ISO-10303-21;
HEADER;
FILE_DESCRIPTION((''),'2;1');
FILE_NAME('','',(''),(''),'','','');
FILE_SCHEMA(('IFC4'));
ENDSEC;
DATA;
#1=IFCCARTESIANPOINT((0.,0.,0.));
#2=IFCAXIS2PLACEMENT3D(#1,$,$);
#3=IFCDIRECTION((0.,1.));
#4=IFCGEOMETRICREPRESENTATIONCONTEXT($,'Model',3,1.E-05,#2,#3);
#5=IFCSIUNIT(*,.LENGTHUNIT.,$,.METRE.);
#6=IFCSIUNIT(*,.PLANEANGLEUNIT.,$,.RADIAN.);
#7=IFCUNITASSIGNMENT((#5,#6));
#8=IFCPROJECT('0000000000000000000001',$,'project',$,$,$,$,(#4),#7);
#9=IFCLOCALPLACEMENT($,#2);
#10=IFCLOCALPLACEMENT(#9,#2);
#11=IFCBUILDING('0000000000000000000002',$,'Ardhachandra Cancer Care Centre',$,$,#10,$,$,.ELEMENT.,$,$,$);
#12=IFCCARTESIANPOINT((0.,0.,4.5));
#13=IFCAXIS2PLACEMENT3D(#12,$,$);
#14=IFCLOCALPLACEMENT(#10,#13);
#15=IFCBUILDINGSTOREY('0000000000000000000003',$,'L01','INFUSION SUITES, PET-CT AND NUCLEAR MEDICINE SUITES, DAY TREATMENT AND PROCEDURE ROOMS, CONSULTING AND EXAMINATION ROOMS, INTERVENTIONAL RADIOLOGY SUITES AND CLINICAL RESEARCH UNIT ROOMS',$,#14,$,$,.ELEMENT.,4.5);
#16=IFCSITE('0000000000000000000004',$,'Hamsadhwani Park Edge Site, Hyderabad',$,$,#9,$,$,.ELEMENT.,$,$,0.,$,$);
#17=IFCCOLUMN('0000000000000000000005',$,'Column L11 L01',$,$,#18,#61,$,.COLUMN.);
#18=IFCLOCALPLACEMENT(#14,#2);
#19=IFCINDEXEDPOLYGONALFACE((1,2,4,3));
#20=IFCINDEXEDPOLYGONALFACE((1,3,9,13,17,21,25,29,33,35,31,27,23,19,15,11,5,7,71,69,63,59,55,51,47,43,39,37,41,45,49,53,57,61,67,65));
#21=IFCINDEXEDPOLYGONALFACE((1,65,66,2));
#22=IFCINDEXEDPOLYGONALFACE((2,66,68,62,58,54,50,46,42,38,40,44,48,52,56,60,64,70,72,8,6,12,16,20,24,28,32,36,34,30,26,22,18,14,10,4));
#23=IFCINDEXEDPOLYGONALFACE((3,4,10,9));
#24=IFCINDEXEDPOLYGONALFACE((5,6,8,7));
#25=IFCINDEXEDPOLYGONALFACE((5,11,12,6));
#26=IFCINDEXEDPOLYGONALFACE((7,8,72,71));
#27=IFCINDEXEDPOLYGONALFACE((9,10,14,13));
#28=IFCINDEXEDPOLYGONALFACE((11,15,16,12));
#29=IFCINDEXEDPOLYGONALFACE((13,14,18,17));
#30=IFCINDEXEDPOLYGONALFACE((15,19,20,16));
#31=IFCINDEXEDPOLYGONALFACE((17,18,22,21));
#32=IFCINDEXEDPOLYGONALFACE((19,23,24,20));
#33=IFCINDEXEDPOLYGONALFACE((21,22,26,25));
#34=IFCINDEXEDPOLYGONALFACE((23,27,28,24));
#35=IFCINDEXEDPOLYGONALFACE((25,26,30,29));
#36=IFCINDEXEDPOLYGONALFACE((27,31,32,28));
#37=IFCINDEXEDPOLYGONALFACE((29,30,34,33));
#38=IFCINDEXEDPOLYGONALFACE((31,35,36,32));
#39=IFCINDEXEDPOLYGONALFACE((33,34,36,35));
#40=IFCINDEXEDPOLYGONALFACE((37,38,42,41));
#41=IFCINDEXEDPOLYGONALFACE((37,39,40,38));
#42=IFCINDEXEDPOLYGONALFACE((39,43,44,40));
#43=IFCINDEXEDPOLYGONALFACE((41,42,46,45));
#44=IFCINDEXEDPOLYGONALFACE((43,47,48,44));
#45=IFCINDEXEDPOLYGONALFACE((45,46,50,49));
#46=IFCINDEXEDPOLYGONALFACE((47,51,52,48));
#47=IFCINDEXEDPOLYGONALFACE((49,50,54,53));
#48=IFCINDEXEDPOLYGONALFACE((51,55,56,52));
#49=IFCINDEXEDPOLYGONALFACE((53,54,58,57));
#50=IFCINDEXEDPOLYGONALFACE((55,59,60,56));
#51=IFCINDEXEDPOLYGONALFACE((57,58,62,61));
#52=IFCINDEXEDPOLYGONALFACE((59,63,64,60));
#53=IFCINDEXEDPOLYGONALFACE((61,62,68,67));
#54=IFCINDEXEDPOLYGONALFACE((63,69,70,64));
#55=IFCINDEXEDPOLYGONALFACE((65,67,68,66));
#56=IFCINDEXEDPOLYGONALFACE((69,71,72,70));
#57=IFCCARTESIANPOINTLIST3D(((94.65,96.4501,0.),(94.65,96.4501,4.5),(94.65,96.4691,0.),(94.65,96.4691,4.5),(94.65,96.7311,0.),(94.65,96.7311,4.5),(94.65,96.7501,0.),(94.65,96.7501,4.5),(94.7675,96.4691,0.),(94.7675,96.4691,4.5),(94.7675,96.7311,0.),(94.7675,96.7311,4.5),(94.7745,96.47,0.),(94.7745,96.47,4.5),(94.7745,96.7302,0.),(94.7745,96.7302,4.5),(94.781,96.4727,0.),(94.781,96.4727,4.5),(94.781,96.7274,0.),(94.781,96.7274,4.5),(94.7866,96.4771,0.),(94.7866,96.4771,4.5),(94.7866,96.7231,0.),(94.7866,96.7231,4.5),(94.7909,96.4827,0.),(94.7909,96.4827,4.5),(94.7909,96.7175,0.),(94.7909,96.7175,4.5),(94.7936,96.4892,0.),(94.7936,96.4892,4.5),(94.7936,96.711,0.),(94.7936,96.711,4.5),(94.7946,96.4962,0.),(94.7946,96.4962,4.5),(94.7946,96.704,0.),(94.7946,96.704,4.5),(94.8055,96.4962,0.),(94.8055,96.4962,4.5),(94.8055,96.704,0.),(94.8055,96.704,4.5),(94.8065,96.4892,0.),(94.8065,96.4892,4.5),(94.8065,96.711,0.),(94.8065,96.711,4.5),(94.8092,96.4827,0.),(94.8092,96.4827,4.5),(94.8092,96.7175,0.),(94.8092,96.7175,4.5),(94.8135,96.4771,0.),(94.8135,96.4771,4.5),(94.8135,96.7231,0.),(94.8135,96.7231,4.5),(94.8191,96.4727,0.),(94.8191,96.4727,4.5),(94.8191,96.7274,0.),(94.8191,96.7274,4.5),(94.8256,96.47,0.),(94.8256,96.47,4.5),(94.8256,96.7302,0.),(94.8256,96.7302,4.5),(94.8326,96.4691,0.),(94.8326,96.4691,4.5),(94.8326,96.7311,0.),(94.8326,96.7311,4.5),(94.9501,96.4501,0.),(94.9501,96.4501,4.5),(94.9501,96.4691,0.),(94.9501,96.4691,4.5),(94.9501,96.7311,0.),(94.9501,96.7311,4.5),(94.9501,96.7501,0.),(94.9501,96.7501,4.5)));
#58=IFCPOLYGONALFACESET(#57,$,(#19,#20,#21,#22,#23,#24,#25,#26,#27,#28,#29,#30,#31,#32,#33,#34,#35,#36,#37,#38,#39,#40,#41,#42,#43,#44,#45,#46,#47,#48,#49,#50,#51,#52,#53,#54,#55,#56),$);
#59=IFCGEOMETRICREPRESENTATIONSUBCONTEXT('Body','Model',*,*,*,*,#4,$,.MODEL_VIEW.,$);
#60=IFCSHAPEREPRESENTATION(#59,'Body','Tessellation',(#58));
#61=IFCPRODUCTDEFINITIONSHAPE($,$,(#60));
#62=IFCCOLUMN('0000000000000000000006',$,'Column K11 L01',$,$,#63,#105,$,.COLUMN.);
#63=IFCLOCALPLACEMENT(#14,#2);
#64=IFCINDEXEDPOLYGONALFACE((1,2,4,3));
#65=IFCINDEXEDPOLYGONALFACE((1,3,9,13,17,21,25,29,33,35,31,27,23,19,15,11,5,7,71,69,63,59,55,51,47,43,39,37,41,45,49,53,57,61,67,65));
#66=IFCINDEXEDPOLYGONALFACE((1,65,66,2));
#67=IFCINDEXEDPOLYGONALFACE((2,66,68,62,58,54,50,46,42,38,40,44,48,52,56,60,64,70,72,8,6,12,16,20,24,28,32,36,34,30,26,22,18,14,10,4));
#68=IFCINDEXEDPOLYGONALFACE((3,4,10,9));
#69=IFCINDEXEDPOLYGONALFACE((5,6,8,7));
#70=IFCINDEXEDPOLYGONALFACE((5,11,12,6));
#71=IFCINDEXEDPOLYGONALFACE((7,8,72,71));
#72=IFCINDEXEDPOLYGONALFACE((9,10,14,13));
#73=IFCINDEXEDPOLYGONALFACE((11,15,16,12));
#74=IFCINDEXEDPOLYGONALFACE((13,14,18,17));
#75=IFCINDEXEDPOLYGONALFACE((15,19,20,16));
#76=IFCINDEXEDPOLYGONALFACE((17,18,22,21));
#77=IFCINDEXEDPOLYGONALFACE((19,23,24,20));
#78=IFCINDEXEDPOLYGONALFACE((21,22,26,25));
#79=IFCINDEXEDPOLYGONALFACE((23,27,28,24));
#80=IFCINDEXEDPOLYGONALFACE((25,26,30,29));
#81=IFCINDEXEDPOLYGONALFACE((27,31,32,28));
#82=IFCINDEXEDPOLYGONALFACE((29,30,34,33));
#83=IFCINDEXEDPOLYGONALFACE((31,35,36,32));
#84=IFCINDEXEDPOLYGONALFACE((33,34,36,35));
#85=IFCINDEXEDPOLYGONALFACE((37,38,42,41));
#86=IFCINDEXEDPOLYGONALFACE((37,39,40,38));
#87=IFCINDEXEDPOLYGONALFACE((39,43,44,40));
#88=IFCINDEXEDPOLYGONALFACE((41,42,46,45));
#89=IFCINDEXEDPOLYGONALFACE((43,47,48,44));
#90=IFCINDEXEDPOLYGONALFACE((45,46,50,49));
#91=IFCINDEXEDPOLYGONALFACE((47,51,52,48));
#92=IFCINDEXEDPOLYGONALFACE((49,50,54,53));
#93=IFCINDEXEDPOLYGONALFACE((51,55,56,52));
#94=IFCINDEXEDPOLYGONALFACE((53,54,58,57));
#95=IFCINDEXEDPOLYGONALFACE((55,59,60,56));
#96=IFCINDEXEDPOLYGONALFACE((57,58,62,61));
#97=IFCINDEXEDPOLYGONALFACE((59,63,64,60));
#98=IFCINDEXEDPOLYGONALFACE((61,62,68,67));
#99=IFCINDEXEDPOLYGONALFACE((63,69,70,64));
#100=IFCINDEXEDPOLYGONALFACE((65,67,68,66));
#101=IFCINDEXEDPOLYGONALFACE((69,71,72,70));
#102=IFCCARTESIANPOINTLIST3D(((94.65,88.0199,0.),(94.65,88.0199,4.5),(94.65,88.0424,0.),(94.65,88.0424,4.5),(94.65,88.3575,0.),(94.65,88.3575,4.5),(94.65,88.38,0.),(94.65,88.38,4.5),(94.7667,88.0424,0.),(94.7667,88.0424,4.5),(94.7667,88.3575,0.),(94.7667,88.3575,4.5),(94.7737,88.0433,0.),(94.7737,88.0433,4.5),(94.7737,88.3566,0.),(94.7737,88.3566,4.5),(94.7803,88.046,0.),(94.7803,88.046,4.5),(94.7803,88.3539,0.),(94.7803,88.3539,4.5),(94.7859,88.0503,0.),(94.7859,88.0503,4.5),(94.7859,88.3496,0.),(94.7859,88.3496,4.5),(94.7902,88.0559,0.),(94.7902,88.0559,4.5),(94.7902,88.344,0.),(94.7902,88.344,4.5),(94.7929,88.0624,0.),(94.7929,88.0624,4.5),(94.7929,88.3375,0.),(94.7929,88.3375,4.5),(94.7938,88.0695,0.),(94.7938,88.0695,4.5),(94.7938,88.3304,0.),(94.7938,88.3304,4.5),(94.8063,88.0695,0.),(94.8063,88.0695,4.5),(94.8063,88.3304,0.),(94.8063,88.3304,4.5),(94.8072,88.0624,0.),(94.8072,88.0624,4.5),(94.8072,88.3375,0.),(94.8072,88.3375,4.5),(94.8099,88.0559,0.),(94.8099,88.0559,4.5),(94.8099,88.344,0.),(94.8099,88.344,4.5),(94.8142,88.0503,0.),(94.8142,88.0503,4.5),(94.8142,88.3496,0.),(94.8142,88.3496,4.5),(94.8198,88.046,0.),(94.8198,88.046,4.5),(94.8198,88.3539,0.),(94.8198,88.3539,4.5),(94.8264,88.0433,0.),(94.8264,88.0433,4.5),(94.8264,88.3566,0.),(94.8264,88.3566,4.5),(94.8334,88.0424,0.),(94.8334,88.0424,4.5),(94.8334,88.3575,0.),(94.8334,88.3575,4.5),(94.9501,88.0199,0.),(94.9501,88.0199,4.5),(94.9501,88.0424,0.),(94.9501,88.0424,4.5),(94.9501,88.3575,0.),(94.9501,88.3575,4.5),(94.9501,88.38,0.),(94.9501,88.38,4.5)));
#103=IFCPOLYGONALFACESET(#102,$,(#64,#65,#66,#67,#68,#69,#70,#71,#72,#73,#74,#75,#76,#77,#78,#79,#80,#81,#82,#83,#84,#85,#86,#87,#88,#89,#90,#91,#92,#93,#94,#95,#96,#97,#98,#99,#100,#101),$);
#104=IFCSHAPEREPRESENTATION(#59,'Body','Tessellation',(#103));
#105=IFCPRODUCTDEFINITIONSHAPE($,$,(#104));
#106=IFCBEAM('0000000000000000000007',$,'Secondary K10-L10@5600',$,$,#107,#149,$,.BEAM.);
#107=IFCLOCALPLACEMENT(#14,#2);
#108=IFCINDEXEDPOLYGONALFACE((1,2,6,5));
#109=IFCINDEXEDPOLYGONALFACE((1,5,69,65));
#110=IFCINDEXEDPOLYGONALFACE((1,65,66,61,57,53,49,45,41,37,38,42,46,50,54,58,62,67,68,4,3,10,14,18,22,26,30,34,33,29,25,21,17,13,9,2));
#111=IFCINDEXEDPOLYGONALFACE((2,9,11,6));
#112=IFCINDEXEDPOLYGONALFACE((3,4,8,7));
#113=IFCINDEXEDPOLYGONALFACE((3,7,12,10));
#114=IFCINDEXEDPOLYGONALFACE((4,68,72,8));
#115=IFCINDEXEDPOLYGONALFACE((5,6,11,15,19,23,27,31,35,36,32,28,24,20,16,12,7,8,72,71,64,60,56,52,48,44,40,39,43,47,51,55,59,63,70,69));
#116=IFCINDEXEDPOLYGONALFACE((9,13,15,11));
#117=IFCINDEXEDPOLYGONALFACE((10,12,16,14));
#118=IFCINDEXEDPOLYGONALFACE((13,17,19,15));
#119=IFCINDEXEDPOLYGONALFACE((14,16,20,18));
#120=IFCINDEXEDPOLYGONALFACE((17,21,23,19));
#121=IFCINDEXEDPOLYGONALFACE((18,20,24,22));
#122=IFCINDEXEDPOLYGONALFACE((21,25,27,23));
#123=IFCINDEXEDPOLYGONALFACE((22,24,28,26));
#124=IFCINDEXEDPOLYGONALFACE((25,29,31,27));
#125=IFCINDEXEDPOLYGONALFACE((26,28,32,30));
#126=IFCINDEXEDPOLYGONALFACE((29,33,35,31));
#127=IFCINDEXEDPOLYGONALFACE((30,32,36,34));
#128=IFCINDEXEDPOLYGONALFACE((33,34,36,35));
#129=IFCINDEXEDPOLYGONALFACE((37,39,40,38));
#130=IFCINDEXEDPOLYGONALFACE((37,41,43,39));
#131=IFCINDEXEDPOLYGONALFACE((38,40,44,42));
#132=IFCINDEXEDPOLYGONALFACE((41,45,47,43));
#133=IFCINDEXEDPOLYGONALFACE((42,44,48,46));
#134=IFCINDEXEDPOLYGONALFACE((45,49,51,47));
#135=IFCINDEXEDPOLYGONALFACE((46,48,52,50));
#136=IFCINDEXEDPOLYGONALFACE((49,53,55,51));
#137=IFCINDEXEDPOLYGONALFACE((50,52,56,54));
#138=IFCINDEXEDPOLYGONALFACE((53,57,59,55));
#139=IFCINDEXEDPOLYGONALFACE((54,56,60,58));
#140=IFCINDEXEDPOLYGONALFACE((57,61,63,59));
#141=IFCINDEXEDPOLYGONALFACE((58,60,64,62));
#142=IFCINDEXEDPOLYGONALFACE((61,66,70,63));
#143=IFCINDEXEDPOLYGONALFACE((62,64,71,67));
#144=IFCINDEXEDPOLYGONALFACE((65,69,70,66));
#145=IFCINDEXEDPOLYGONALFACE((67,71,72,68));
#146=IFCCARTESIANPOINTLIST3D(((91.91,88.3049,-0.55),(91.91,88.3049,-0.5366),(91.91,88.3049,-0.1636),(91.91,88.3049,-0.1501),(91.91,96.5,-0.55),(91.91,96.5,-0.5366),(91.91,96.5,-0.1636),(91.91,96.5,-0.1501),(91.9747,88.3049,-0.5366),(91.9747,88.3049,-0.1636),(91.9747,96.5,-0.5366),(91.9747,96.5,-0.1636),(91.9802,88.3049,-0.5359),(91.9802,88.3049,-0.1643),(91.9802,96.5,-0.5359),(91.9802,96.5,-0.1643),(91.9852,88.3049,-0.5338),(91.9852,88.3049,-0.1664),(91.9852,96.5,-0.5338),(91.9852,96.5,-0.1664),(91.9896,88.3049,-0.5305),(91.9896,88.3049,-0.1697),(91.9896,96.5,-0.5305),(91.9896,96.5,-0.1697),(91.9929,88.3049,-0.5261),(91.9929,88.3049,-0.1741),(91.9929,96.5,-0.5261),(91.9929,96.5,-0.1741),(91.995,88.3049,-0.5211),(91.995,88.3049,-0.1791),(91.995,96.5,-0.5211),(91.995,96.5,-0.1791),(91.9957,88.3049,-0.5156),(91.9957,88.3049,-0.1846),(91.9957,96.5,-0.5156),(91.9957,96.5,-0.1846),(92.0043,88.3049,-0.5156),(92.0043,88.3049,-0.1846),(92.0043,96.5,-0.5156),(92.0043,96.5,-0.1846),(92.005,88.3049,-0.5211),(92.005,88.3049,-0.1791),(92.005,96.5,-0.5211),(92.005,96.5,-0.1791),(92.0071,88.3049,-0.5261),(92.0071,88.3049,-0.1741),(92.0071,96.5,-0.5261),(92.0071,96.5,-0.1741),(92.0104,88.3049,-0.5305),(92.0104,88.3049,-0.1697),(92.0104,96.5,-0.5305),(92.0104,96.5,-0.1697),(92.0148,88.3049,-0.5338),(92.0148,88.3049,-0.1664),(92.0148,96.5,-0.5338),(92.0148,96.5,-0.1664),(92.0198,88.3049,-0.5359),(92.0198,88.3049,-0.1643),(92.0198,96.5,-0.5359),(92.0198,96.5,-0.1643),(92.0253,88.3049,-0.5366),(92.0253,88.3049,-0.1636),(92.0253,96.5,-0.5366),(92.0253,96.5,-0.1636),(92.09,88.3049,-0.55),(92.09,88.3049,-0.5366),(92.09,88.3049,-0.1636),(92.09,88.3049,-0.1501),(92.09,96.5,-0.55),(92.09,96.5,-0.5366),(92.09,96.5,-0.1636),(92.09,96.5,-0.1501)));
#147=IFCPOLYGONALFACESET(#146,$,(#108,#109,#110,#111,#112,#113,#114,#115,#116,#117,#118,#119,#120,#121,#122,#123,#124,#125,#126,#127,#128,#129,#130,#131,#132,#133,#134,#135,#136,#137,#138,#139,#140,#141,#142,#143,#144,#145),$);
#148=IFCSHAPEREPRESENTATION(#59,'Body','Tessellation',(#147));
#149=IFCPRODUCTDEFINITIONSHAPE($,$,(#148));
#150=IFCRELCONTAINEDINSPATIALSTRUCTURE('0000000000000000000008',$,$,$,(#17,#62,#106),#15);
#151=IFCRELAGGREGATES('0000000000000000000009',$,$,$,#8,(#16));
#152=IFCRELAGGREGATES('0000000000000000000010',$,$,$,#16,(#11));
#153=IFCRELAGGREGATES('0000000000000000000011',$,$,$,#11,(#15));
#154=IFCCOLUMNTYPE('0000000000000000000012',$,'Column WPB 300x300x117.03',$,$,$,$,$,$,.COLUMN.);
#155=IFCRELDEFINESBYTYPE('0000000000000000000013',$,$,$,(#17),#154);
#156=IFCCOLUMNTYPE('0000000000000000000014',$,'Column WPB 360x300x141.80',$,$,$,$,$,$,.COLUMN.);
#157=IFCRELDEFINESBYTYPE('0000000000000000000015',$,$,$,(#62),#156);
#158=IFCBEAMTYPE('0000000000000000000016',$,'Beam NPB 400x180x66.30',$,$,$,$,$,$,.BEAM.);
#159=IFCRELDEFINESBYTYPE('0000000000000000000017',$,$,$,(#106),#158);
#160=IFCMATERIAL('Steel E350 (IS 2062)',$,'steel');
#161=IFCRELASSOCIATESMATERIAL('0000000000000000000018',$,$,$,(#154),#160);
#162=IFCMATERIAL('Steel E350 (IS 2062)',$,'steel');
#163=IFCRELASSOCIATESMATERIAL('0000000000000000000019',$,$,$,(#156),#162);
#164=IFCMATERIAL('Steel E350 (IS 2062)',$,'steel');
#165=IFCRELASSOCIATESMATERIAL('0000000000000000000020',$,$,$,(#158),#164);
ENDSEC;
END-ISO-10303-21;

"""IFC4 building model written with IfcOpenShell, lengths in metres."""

from ifc_helpers import new_model, si_unit, direction, frame, origin, origin_2d, place, context, subcontext, project, spatial, i_section, extrude, material, material_profile, profile_set, type_object, element, save


model = new_model("IFC4")

# Units and contexts
model_context = context("Model", 3, precision=1e-05, world=origin(), true_north=direction((0.0, 1.0)))
body_context = subcontext(model_context, "Body", "Model", "MODEL_VIEW")
ifc_project = project(units=[si_unit("LENGTHUNIT", "METRE"), si_unit("PLANEANGLEUNIT", "RADIAN")], contexts=[model_context])

# Site, building, storey
site_placement = place(None, origin())
site = spatial("IfcSite", under=ifc_project, at=site_placement, Name="Hamsadhwani Park Edge Site, Hyderabad", CompositionType="ELEMENT", RefElevation=0.0)
building_placement = place(site_placement, origin())
building = spatial("IfcBuilding", under=site, at=building_placement, Name="Ardhachandra Cancer Care Centre", CompositionType="ELEMENT")
storey_placement = place(building_placement, frame((0.0, 0.0, 4.5)))
storey = spatial("IfcBuildingStorey", under=building, at=storey_placement, Name="L01", Description="INFUSION SUITES, PET-CT AND NUCLEAR MEDICINE SUITES, DAY TREATMENT AND PROCEDURE ROOMS, CONSULTING AND EXAMINATION ROOMS, INTERVENTIONAL RADIOLOGY SUITES AND CLINICAL RESEARCH UNIT ROOMS", CompositionType="ELEMENT", Elevation=4.5)

# Columns
ifc_material_1 = material(Name="Steel E350 (IS 2062)", Category="steel")
ifc_material_profile_1 = material_profile(ifc_material_1, i_section(OverallWidth=0.3, OverallDepth=0.3, WebThickness=0.011, FlangeThickness=0.019, FilletRadius=0.0271, at=origin_2d()), Name="WPB 300x300x117.03")
ifc_profile_set_1 = profile_set([ifc_material_profile_1], Name="Steel E350 (IS 2062)")
column_type_1 = type_object("IfcColumnType", Name="Column WPB 300x300x117.03", PredefinedType="COLUMN", material=ifc_profile_set_1)
column_1_placement = place(storey_placement, frame((94.8, 96.6001, 0.0), z_axis=(0.0, 0.0, 1.0), x_axis=(1.0, 0.0, 0.0)))
element("IfcColumn", 1, at=column_1_placement, inside=storey, type_object=column_type_1, Name="Column L11 L01", PredefinedType="COLUMN", context=body_context, shape_type="SweptSolid", body=[
    extrude(i_section(OverallWidth=0.3, OverallDepth=0.3, WebThickness=0.011, FlangeThickness=0.019, FilletRadius=0.0271, at=origin_2d()), origin(), (0.0, 0.0, 1.0), 4.5),
])
ifc_material_2 = material(Name="Steel E350 (IS 2062)", Category="steel")
ifc_material_profile_2 = material_profile(ifc_material_2, i_section(OverallWidth=0.3, OverallDepth=0.3601, WebThickness=0.0125, FlangeThickness=0.0225, FilletRadius=0.0271, at=origin_2d()), Name="WPB 360x300x141.80")
ifc_profile_set_2 = profile_set([ifc_material_profile_2], Name="Steel E350 (IS 2062)")
column_type_2 = type_object("IfcColumnType", Name="Column WPB 360x300x141.80", PredefinedType="COLUMN", material=ifc_profile_set_2)
column_2_placement = place(storey_placement, frame((94.8, 88.2, 0.0), z_axis=(0.0, 0.0, 1.0), x_axis=(1.0, 0.0, 0.0)))
element("IfcColumn", 2, at=column_2_placement, inside=storey, type_object=column_type_2, Name="Column K11 L01", PredefinedType="COLUMN", context=body_context, shape_type="SweptSolid", body=[
    extrude(i_section(OverallWidth=0.3, OverallDepth=0.3601, WebThickness=0.0125, FlangeThickness=0.0225, FilletRadius=0.0271, at=origin_2d()), origin(), (0.0, 0.0, 1.0), 4.5),
])

# Beam
ifc_material_3 = material(Name="Steel E350 (IS 2062)", Category="steel")
ifc_material_profile_3 = material_profile(ifc_material_3, i_section(OverallWidth=0.1799, OverallDepth=0.3999, WebThickness=0.0085, FlangeThickness=0.0134, FilletRadius=0.021, at=origin_2d()), Name="NPB 400x180x66.30")
ifc_profile_set_3 = profile_set([ifc_material_profile_3], Name="Steel E350 (IS 2062)")
beam_type_1 = type_object("IfcBeamType", Name="Beam NPB 400x180x66.30", PredefinedType="BEAM", material=ifc_profile_set_3)
beam_1_placement = place(storey_placement, frame((92.0, 88.3049, -0.3501), z_axis=(0.0, 1.0, 0.0), x_axis=(-1.0, 0.0, 0.0)))
element("IfcBeam", 3, at=beam_1_placement, inside=storey, type_object=beam_type_1, Name="Secondary K10-L10@5600", PredefinedType="BEAM", context=body_context, shape_type="SweptSolid", body=[
    extrude(i_section(OverallWidth=0.1799, OverallDepth=0.3999, WebThickness=0.0085, FlangeThickness=0.0134, FilletRadius=0.021, at=origin_2d()), origin(), (0.0, 0.0, 1.0), 8.1951),
])

save(model, "model.ifc")
